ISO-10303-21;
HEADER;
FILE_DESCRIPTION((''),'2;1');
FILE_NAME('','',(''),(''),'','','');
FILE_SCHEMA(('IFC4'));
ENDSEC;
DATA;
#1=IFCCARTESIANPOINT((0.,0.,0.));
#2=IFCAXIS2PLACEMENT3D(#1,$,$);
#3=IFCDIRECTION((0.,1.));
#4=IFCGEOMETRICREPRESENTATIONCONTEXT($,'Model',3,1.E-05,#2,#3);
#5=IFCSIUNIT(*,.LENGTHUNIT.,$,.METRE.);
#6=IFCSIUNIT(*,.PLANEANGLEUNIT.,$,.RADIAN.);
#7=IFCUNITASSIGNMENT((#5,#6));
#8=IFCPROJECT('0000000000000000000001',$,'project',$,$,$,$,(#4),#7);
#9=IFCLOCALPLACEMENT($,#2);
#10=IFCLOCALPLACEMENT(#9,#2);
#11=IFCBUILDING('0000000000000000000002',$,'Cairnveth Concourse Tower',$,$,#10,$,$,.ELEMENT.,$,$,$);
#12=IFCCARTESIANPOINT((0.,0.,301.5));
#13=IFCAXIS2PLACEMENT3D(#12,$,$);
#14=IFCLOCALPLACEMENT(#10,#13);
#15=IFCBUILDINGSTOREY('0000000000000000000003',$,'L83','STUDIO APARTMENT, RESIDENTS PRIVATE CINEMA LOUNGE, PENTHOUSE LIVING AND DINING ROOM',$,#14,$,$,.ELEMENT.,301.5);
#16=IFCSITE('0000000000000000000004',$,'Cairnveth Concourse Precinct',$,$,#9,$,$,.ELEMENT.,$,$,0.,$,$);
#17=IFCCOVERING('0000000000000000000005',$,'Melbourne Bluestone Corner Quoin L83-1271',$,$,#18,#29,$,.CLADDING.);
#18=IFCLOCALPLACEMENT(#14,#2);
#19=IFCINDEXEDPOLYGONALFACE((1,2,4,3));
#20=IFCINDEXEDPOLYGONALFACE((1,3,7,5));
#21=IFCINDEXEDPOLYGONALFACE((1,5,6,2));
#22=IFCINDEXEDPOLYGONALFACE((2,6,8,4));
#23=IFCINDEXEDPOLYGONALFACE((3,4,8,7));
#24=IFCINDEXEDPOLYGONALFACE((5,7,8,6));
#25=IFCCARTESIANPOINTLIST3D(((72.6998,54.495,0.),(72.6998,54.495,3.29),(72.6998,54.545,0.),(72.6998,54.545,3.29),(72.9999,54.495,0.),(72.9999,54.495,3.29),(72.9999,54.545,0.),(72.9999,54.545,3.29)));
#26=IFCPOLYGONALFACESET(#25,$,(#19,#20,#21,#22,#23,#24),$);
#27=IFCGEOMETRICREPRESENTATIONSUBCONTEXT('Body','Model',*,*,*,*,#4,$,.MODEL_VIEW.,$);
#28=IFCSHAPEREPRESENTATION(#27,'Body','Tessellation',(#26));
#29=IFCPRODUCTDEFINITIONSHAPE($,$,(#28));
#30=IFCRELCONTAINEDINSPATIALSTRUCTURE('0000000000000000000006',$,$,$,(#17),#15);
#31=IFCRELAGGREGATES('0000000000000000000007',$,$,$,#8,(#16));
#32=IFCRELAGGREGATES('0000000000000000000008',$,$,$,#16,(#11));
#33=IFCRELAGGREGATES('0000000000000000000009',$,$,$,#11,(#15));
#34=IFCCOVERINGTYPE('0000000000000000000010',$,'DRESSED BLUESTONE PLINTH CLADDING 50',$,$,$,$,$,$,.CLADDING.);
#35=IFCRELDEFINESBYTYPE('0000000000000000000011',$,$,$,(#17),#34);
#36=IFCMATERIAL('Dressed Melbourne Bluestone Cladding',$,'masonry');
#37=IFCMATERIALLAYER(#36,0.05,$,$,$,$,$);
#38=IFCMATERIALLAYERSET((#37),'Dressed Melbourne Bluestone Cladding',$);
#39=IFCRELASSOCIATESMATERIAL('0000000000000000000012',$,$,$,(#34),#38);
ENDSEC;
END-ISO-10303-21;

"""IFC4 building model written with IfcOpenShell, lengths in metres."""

from ifc_helpers import new_model, si_unit, direction, frame, frame_2d, origin, place, context, subcontext, project, spatial, rectangle, extrude, material, layer, layer_set, type_object, element, save


model = new_model("IFC4")

# Units and contexts
model_context = context("Model", 3, precision=1e-05, world=origin(), true_north=direction((0.0, 1.0)))
body_context = subcontext(model_context, "Body", "Model", "MODEL_VIEW")
ifc_project = project(units=[si_unit("LENGTHUNIT", "METRE"), si_unit("PLANEANGLEUNIT", "RADIAN")], contexts=[model_context])

# Site, building, storey
site_placement = place(None, origin())
site = spatial("IfcSite", under=ifc_project, at=site_placement, Name="Cairnveth Concourse Precinct", CompositionType="ELEMENT", RefElevation=0.0)
building_placement = place(site_placement, origin())
building = spatial("IfcBuilding", under=site, at=building_placement, Name="Cairnveth Concourse Tower", CompositionType="ELEMENT")
storey_placement = place(building_placement, frame((0.0, 0.0, 301.5)))
storey = spatial("IfcBuildingStorey", under=building, at=storey_placement, Name="L83", Description="STUDIO APARTMENT, RESIDENTS PRIVATE CINEMA LOUNGE, PENTHOUSE LIVING AND DINING ROOM", CompositionType="ELEMENT", Elevation=301.5)

# Covering
ifc_material_1 = material(Name="Dressed Melbourne Bluestone Cladding", Category="masonry")
ifc_layer_1 = layer(ifc_material_1, 0.05)
ifc_layer_set_1 = layer_set([ifc_layer_1], Name="Dressed Melbourne Bluestone Cladding")
covering_type = type_object("IfcCoveringType", Name="DRESSED BLUESTONE PLINTH CLADDING 50", PredefinedType="CLADDING", material=ifc_layer_set_1)
for number, where, z_axis, x_axis, name in (
    (1, (72.7, 54.52, 0.0), (0.0, 0.0, 1.0), (1.0, 0.0, 0.0), "Melbourne Bluestone Corner Quoin L83-1271"),
):
    element("IfcCovering", number, at=place(storey_placement, frame(where, z_axis=z_axis, x_axis=x_axis)), inside=storey, type_object=covering_type, Name=name, PredefinedType="CLADDING", context=body_context, shape_type="SweptSolid", body=[
        extrude(rectangle(XDim=0.3, YDim=0.05, at=frame_2d((0.1499, 0.0))), origin(), (0.0, 0.0, 1.0), 3.29),
    ])

save(model, "model.ifc")
